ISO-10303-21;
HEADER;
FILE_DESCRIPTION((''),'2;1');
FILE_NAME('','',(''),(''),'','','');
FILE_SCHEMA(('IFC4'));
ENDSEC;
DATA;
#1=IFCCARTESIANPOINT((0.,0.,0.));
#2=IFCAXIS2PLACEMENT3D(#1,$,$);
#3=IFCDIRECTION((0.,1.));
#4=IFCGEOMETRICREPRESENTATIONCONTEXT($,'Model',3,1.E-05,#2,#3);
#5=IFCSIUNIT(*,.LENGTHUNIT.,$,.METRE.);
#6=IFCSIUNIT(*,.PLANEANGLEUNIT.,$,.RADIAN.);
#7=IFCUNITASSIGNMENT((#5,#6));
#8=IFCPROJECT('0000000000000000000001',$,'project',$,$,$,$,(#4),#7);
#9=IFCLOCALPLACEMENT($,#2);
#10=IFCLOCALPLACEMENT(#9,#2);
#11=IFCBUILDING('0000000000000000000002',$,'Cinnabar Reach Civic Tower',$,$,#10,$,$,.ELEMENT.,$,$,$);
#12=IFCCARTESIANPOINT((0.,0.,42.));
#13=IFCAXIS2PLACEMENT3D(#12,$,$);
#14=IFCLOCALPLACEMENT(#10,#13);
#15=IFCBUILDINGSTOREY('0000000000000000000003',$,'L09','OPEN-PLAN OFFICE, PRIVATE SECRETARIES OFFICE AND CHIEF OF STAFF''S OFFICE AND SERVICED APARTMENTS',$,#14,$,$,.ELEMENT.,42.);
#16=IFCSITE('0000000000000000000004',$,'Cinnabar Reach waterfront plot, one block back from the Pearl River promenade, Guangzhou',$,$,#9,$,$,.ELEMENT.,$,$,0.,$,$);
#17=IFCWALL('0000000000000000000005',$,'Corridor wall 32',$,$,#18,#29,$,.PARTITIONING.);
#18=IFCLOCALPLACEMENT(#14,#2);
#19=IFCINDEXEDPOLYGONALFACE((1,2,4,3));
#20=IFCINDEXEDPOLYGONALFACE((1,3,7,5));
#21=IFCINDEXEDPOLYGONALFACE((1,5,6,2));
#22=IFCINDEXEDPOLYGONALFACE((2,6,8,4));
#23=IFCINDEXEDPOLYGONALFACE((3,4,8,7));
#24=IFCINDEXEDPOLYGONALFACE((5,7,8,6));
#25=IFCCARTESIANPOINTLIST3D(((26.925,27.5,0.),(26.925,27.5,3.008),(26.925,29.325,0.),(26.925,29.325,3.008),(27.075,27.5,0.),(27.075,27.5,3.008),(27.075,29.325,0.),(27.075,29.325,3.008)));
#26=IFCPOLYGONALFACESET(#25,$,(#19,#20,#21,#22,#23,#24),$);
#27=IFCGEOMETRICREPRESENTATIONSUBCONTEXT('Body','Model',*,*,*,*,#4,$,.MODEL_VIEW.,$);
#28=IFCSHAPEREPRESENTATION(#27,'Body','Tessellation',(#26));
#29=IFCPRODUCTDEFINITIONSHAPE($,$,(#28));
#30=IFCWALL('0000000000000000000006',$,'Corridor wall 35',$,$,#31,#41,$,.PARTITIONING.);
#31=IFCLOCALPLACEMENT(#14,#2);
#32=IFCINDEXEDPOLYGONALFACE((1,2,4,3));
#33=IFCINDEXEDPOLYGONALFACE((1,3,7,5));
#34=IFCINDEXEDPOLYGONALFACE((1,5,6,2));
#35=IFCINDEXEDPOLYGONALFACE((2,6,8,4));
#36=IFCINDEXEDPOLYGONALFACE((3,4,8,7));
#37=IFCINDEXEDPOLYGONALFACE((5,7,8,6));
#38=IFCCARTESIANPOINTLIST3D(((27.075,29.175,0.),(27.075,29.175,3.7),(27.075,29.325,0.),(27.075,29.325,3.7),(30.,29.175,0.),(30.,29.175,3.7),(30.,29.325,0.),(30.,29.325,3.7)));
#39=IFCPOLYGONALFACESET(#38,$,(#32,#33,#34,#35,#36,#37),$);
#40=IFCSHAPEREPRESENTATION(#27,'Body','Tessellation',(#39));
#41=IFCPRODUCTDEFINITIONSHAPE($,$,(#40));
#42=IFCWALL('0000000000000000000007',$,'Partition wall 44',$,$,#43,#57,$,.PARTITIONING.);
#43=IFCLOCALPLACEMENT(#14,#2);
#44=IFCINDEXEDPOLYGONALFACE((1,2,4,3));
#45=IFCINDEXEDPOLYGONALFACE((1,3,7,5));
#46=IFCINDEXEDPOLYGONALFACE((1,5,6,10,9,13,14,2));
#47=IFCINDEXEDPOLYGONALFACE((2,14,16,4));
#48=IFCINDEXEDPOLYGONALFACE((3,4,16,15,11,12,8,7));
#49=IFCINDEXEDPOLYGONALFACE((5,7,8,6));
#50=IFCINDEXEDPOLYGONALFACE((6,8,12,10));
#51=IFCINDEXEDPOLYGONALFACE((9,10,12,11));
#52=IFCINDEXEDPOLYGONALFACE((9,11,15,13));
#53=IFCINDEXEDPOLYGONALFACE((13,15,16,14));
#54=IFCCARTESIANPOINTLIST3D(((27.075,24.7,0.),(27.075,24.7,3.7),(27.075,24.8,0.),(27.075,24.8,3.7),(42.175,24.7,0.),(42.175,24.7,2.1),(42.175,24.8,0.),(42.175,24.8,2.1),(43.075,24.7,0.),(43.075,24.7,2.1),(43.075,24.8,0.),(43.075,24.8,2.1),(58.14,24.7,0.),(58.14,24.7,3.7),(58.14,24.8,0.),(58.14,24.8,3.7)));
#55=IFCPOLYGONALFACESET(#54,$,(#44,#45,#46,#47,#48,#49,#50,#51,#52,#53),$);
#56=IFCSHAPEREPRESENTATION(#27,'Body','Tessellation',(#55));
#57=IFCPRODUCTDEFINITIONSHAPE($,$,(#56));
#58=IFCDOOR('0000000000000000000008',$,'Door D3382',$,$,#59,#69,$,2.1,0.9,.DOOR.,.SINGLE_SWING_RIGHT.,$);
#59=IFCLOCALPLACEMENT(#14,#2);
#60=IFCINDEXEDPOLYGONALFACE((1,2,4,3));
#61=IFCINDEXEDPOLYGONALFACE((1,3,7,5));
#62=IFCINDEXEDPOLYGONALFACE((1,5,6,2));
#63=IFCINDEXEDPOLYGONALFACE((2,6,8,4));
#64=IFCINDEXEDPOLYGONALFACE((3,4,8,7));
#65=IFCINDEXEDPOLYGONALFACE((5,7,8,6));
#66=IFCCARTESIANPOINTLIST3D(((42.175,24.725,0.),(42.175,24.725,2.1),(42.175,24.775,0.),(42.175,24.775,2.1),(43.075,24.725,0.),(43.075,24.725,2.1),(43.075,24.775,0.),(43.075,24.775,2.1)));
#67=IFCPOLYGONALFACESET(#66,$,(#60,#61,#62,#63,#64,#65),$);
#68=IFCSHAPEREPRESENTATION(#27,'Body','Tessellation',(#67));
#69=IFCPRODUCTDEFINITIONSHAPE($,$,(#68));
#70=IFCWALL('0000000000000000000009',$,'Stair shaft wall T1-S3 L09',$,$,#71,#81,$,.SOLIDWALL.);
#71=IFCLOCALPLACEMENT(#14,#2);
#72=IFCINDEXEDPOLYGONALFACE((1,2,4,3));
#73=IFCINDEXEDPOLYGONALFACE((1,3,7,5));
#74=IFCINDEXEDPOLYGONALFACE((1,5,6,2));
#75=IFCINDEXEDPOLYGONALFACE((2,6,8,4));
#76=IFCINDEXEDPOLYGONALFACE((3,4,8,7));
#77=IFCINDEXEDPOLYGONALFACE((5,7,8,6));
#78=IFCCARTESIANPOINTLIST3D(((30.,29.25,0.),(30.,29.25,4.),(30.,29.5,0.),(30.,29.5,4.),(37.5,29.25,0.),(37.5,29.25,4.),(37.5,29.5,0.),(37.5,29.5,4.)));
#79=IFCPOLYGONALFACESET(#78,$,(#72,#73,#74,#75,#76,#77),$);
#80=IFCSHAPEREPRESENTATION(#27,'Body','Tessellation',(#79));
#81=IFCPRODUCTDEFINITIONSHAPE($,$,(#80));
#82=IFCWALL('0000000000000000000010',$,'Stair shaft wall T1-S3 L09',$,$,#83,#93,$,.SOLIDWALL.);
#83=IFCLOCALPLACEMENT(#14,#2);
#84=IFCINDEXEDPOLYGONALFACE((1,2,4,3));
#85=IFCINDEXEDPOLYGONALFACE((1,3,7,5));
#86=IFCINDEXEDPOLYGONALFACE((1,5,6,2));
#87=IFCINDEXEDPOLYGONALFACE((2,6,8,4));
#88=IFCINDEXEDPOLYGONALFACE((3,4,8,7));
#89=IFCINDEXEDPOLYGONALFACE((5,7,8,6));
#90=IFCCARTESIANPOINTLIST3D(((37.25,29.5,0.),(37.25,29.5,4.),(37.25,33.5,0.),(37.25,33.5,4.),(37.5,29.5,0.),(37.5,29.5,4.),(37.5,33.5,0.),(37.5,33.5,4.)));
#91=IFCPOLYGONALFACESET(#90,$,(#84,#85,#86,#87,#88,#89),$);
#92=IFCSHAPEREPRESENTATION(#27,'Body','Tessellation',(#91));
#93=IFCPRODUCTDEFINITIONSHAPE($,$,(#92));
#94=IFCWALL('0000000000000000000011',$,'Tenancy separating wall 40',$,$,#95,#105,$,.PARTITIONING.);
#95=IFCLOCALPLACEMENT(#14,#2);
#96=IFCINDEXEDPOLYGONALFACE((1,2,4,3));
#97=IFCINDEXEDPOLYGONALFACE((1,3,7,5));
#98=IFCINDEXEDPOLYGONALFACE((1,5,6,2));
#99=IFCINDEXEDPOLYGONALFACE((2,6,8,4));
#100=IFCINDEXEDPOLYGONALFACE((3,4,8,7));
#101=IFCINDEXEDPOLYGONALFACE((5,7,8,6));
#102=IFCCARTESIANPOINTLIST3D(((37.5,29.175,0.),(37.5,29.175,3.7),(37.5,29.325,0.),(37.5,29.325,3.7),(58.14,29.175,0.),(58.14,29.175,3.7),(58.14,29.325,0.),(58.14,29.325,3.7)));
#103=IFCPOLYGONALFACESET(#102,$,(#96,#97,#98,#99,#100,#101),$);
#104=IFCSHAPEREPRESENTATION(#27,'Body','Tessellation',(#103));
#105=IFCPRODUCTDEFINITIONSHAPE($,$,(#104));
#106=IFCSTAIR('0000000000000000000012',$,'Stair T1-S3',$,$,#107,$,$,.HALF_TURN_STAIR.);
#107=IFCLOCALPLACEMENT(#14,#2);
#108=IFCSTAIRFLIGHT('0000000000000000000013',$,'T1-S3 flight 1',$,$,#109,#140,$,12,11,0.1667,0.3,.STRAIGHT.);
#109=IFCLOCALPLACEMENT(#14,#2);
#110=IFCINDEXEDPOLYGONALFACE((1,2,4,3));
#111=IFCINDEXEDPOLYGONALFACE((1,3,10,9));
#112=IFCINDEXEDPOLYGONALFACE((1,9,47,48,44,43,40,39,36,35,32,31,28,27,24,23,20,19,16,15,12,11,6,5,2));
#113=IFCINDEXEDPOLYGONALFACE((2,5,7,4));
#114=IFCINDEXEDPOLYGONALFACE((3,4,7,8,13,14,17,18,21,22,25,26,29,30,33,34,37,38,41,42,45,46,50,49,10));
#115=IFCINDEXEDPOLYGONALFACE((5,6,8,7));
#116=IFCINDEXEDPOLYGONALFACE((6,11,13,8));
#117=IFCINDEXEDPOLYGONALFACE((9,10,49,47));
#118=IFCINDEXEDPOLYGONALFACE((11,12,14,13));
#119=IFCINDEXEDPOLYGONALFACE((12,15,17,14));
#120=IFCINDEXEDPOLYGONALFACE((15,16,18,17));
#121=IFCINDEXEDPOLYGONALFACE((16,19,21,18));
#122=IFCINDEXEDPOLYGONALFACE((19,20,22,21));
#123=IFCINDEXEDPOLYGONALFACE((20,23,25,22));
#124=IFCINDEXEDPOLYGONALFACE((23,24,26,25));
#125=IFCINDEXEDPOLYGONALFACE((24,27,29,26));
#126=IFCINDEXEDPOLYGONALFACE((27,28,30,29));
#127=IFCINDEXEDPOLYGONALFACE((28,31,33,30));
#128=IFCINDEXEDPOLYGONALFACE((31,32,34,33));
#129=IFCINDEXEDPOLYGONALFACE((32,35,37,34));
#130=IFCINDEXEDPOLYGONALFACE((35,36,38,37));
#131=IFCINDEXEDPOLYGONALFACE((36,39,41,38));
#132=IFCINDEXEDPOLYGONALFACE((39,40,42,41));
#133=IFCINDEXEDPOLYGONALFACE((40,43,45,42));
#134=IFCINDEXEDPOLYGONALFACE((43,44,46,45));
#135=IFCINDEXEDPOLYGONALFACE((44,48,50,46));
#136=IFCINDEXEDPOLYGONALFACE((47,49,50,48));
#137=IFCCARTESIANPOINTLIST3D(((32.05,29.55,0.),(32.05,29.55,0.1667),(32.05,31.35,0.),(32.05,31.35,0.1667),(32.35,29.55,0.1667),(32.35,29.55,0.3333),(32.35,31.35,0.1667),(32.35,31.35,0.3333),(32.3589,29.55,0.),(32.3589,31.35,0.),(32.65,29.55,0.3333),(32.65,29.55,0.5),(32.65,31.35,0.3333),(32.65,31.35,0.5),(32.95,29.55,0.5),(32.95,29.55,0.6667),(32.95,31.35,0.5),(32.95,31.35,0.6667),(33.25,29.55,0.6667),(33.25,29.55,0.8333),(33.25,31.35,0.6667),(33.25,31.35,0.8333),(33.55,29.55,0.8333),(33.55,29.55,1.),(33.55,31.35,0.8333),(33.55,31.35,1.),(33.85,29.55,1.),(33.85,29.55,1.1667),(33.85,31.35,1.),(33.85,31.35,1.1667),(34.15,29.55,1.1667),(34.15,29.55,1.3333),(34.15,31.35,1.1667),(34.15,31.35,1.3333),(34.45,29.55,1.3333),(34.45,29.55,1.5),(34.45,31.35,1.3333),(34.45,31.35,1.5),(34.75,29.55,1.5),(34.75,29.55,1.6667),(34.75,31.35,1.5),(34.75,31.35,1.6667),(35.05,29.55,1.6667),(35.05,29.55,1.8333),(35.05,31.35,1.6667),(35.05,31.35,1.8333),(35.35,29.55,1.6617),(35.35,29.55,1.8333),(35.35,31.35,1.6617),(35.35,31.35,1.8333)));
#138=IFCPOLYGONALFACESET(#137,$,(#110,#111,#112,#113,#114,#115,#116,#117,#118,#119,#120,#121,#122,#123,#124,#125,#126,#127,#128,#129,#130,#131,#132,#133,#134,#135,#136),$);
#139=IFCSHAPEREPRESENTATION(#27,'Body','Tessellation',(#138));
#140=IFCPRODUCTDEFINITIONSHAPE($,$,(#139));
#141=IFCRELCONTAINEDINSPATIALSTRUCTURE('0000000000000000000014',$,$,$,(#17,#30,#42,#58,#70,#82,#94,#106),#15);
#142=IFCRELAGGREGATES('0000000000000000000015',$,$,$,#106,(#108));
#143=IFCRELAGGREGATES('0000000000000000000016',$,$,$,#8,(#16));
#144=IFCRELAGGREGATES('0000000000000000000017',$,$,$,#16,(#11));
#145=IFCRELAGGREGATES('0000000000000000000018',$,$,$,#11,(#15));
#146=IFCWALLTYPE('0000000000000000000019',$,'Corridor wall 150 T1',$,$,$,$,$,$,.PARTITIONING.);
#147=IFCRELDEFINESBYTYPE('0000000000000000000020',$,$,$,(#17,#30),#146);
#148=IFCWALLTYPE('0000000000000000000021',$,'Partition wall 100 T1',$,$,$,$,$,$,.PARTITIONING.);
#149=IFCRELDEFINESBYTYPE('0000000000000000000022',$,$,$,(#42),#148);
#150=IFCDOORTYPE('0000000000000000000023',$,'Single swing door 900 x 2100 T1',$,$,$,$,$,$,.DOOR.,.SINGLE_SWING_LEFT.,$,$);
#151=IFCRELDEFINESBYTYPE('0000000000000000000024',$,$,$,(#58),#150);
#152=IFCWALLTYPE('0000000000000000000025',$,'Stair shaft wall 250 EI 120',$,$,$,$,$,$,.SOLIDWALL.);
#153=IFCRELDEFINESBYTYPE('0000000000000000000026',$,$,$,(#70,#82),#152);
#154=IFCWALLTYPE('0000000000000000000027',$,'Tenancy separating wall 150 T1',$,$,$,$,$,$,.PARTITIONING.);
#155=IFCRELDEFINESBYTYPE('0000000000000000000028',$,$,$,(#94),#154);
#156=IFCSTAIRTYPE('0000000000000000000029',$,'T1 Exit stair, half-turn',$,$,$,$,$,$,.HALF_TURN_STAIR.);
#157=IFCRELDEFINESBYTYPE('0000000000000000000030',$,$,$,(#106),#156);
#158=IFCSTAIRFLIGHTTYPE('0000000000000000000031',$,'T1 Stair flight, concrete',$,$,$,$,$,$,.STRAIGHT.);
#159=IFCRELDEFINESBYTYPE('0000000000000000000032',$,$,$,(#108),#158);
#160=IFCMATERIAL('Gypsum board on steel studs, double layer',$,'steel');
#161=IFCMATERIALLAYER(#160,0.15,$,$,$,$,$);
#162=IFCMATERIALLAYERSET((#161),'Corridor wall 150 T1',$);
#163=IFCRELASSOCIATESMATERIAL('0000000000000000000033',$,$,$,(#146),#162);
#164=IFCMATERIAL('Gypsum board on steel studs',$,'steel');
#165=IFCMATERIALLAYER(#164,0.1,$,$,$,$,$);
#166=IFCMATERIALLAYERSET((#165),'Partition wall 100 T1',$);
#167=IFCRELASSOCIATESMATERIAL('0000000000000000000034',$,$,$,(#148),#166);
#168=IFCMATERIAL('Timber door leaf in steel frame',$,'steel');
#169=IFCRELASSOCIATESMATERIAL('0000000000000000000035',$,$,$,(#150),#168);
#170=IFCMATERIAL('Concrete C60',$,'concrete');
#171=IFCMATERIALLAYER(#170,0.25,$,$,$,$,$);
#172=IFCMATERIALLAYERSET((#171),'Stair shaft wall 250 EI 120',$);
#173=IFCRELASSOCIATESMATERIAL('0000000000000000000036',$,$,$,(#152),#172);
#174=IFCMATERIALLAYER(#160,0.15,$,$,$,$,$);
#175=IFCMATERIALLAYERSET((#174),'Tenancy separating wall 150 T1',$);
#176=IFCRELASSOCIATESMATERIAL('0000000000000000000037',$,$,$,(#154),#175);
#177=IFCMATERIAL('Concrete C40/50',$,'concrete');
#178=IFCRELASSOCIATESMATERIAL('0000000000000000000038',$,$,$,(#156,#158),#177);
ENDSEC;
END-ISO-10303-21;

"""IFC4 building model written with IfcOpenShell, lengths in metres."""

from ifc_helpers import new_model, si_unit, direction, frame, frame_2d, origin, place, context, subcontext, project, spatial, polyline, rectangle, outline, extrude, material, layer, layer_set, type_object, element, fill, aggregate, save


model = new_model("IFC4")

# Units and contexts
model_context = context("Model", 3, precision=1e-05, world=origin(), true_north=direction((0.0, 1.0)))
body_context = subcontext(model_context, "Body", "Model", "MODEL_VIEW")
ifc_project = project(units=[si_unit("LENGTHUNIT", "METRE"), si_unit("PLANEANGLEUNIT", "RADIAN")], contexts=[model_context])

# Site, building, storey
site_placement = place(None, origin())
site = spatial("IfcSite", under=ifc_project, at=site_placement, Name="Cinnabar Reach waterfront plot, one block back from the Pearl River promenade, Guangzhou", CompositionType="ELEMENT", RefElevation=0.0)
building_placement = place(site_placement, origin())
building = spatial("IfcBuilding", under=site, at=building_placement, Name="Cinnabar Reach Civic Tower", CompositionType="ELEMENT")
storey_placement = place(building_placement, frame((0.0, 0.0, 42.0)))
storey = spatial("IfcBuildingStorey", under=building, at=storey_placement, Name="L09", Description="OPEN-PLAN OFFICE, PRIVATE SECRETARIES OFFICE AND CHIEF OF STAFF'S OFFICE AND SERVICED APARTMENTS", CompositionType="ELEMENT", Elevation=42.0)

# Walls
ifc_material_1 = material(Name="Gypsum board on steel studs, double layer", Category="steel")
ifc_layer_1 = layer(ifc_material_1, 0.15)
ifc_layer_set_1 = layer_set([ifc_layer_1], Name="Corridor wall 150 T1")
wall_type_1 = type_object("IfcWallType", Name="Corridor wall 150 T1", PredefinedType="PARTITIONING", material=ifc_layer_set_1)
wall_1_placement = place(storey_placement, frame((27.0, 27.5, 0.0), z_axis=(0.0, 0.0, 1.0), x_axis=(0.0, 1.0, 0.0)))
element("IfcWall", 1, at=wall_1_placement, inside=storey, type_object=wall_type_1, Name="Corridor wall 32", PredefinedType="PARTITIONING", context=body_context, shape_type="SweptSolid", body=[
    extrude(rectangle(XDim=1.825, YDim=0.15, at=frame_2d((0.9125, 0.0))), origin(), (0.0, 0.0, 1.0), 3.008),
])
wall_2_placement = place(storey_placement, frame((27.075, 29.25, 0.0), z_axis=(0.0, 0.0, 1.0), x_axis=(1.0, 0.0, 0.0)))
element("IfcWall", 2, at=wall_2_placement, inside=storey, type_object=wall_type_1, Name="Corridor wall 35", PredefinedType="PARTITIONING", context=body_context, shape_type="SweptSolid", body=[
    extrude(rectangle(XDim=2.925, YDim=0.15, at=frame_2d((1.4625, 0.0))), origin(), (0.0, 0.0, 1.0), 3.7),
])

# Wall, opening, door
ifc_material_2 = material(Name="Gypsum board on steel studs", Category="steel")
ifc_layer_2 = layer(ifc_material_2, 0.1)
ifc_layer_set_2 = layer_set([ifc_layer_2], Name="Partition wall 100 T1")
wall_type_2 = type_object("IfcWallType", Name="Partition wall 100 T1", PredefinedType="PARTITIONING", material=ifc_layer_set_2)
wall_3_placement = place(storey_placement, frame((27.075, 24.75, 0.0), z_axis=(0.0, 0.0, 1.0), x_axis=(1.0, 0.0, 0.0)))
wall_3 = element("IfcWall", 3, at=wall_3_placement, inside=storey, type_object=wall_type_2, Name="Partition wall 44", PredefinedType="PARTITIONING", context=body_context, shape_type="SweptSolid", body=[
    extrude(rectangle(XDim=31.065, YDim=0.1, at=frame_2d((15.5325, 0.0))), origin(), (0.0, 0.0, 1.0), 3.7),
])
opening_placement = place(wall_3_placement, frame((15.1, 0.0, 0.0)))
opening = element("IfcOpeningElement", 4, at=opening_placement, cuts=wall_3, PredefinedType="OPENING", context=body_context, shape_type="SweptSolid", body=[
    extrude(rectangle(XDim=0.9, YDim=2.1, at=frame_2d((0.45, 1.05))), frame((0.0, 0.06, 0.0), z_axis=(0.0, -1.0, 0.0), x_axis=(1.0, 0.0, 0.0)), (0.0, 0.0, 1.0), 0.12),
])
ifc_material_3 = material(Name="Timber door leaf in steel frame", Category="steel")
door_type = type_object("IfcDoorType", Name="Single swing door 900 x 2100 T1", OperationType="SINGLE_SWING_LEFT", PredefinedType="DOOR", material=ifc_material_3)
door_placement = place(opening_placement, frame((0.9, 0.0, 0.0), z_axis=(0.0, 0.0, 1.0), x_axis=(-1.0, 0.0, 0.0)))
door = element("IfcDoor", 5, at=door_placement, inside=storey, type_object=door_type, Name="Door D3382", OperationType="SINGLE_SWING_RIGHT", OverallHeight=2.1, OverallWidth=0.9, PredefinedType="DOOR", context=body_context, shape_type="SweptSolid", body=[
    extrude(rectangle(XDim=0.9, YDim=2.1, at=frame_2d((0.45, 1.05))), frame((0.0, 0.025, 0.0), z_axis=(0.0, -1.0, 0.0), x_axis=(1.0, 0.0, 0.0)), (0.0, 0.0, 1.0), 0.05),
])
fill(opening, door)

# Walls
ifc_material_4 = material(Name="Concrete C60", Category="concrete")
ifc_layer_3 = layer(ifc_material_4, 0.25)
ifc_layer_set_3 = layer_set([ifc_layer_3], Name="Stair shaft wall 250 EI 120")
wall_type_3 = type_object("IfcWallType", Name="Stair shaft wall 250 EI 120", PredefinedType="SOLIDWALL", material=ifc_layer_set_3)
wall_4_placement = place(storey_placement, frame((30.0, 29.375, 0.0), z_axis=(0.0, 0.0, 1.0), x_axis=(1.0, 0.0, 0.0)))
element("IfcWall", 6, at=wall_4_placement, inside=storey, type_object=wall_type_3, Name="Stair shaft wall T1-S3 L09", PredefinedType="SOLIDWALL", context=body_context, shape_type="SweptSolid", body=[
    extrude(rectangle(XDim=7.5, YDim=0.25, at=frame_2d((3.75, 0.0))), origin(), (0.0, 0.0, 1.0), 4.0),
])
wall_5_placement = place(storey_placement, frame((37.375, 29.5, 0.0), z_axis=(0.0, 0.0, 1.0), x_axis=(0.0, 1.0, 0.0)))
element("IfcWall", 7, at=wall_5_placement, inside=storey, type_object=wall_type_3, Name="Stair shaft wall T1-S3 L09", PredefinedType="SOLIDWALL", context=body_context, shape_type="SweptSolid", body=[
    extrude(rectangle(XDim=4.0, YDim=0.25, at=frame_2d((2.0, 0.0))), origin(), (0.0, 0.0, 1.0), 4.0),
])
ifc_layer_4 = layer(ifc_material_1, 0.15)
ifc_layer_set_4 = layer_set([ifc_layer_4], Name="Tenancy separating wall 150 T1")
wall_type_4 = type_object("IfcWallType", Name="Tenancy separating wall 150 T1", PredefinedType="PARTITIONING", material=ifc_layer_set_4)
wall_6_placement = place(storey_placement, frame((37.5, 29.25, 0.0), z_axis=(0.0, 0.0, 1.0), x_axis=(1.0, 0.0, 0.0)))
element("IfcWall", 8, at=wall_6_placement, inside=storey, type_object=wall_type_4, Name="Tenancy separating wall 40", PredefinedType="PARTITIONING", context=body_context, shape_type="SweptSolid", body=[
    extrude(rectangle(XDim=20.64, YDim=0.15, at=frame_2d((10.32, 0.0))), origin(), (0.0, 0.0, 1.0), 3.7),
])

# Stair, stair flight
ifc_material_5 = material(Name="Concrete C40/50", Category="concrete")
stair_type = type_object("IfcStairType", Name="T1 Exit stair, half-turn", PredefinedType="HALF_TURN_STAIR", material=ifc_material_5)
stair_placement = place(storey_placement, origin())
stair = element("IfcStair", 9, at=stair_placement, inside=storey, type_object=stair_type, Name="Stair T1-S3", PredefinedType="HALF_TURN_STAIR")
stair_flight_type = type_object("IfcStairFlightType", Name="T1 Stair flight, concrete", PredefinedType="STRAIGHT", material=ifc_material_5)
stair_flight_placement = place(storey_placement, frame((32.05, 30.45, 0.0), z_axis=(0.0, 0.0, 1.0), x_axis=(1.0, 0.0, 0.0)))
stair_flight = element("IfcStairFlight", 10, at=stair_flight_placement, type_object=stair_flight_type, Name="T1-S3 flight 1", NumberOfRisers=12, NumberOfTreads=11, PredefinedType="STRAIGHT", RiserHeight=0.1667, TreadLength=0.3, context=body_context, shape_type="SweptSolid", body=[
    extrude(outline(polyline([(0.0, 0.0), (0.0, 0.1667), (0.3, 0.1667), (0.3, 0.3333), (0.6, 0.3333), (0.6, 0.5), (0.9, 0.5), (0.9, 0.6667), (1.2, 0.6667), (1.2, 0.8333), (1.5, 0.8333), (1.5, 1.0), (1.8, 1.0), (1.8, 1.1667), (2.1, 1.1667), (2.1, 1.3333), (2.4, 1.3333), (2.4, 1.5), (2.7, 1.5), (2.7, 1.6667), (3.0, 1.6667), (3.0, 1.8333), (3.3, 1.8333), (3.3, 2.0), (3.3, 1.6617), (0.3089, 0.0), (0.0, 0.0)])), frame((0.0, 0.9, 0.0), z_axis=(0.0, -1.0, 0.0), x_axis=(1.0, 0.0, 0.0)), (0.0, 0.0, 1.0), 1.8),
])
aggregate(stair, [stair_flight])

save(model, "model.ifc")
